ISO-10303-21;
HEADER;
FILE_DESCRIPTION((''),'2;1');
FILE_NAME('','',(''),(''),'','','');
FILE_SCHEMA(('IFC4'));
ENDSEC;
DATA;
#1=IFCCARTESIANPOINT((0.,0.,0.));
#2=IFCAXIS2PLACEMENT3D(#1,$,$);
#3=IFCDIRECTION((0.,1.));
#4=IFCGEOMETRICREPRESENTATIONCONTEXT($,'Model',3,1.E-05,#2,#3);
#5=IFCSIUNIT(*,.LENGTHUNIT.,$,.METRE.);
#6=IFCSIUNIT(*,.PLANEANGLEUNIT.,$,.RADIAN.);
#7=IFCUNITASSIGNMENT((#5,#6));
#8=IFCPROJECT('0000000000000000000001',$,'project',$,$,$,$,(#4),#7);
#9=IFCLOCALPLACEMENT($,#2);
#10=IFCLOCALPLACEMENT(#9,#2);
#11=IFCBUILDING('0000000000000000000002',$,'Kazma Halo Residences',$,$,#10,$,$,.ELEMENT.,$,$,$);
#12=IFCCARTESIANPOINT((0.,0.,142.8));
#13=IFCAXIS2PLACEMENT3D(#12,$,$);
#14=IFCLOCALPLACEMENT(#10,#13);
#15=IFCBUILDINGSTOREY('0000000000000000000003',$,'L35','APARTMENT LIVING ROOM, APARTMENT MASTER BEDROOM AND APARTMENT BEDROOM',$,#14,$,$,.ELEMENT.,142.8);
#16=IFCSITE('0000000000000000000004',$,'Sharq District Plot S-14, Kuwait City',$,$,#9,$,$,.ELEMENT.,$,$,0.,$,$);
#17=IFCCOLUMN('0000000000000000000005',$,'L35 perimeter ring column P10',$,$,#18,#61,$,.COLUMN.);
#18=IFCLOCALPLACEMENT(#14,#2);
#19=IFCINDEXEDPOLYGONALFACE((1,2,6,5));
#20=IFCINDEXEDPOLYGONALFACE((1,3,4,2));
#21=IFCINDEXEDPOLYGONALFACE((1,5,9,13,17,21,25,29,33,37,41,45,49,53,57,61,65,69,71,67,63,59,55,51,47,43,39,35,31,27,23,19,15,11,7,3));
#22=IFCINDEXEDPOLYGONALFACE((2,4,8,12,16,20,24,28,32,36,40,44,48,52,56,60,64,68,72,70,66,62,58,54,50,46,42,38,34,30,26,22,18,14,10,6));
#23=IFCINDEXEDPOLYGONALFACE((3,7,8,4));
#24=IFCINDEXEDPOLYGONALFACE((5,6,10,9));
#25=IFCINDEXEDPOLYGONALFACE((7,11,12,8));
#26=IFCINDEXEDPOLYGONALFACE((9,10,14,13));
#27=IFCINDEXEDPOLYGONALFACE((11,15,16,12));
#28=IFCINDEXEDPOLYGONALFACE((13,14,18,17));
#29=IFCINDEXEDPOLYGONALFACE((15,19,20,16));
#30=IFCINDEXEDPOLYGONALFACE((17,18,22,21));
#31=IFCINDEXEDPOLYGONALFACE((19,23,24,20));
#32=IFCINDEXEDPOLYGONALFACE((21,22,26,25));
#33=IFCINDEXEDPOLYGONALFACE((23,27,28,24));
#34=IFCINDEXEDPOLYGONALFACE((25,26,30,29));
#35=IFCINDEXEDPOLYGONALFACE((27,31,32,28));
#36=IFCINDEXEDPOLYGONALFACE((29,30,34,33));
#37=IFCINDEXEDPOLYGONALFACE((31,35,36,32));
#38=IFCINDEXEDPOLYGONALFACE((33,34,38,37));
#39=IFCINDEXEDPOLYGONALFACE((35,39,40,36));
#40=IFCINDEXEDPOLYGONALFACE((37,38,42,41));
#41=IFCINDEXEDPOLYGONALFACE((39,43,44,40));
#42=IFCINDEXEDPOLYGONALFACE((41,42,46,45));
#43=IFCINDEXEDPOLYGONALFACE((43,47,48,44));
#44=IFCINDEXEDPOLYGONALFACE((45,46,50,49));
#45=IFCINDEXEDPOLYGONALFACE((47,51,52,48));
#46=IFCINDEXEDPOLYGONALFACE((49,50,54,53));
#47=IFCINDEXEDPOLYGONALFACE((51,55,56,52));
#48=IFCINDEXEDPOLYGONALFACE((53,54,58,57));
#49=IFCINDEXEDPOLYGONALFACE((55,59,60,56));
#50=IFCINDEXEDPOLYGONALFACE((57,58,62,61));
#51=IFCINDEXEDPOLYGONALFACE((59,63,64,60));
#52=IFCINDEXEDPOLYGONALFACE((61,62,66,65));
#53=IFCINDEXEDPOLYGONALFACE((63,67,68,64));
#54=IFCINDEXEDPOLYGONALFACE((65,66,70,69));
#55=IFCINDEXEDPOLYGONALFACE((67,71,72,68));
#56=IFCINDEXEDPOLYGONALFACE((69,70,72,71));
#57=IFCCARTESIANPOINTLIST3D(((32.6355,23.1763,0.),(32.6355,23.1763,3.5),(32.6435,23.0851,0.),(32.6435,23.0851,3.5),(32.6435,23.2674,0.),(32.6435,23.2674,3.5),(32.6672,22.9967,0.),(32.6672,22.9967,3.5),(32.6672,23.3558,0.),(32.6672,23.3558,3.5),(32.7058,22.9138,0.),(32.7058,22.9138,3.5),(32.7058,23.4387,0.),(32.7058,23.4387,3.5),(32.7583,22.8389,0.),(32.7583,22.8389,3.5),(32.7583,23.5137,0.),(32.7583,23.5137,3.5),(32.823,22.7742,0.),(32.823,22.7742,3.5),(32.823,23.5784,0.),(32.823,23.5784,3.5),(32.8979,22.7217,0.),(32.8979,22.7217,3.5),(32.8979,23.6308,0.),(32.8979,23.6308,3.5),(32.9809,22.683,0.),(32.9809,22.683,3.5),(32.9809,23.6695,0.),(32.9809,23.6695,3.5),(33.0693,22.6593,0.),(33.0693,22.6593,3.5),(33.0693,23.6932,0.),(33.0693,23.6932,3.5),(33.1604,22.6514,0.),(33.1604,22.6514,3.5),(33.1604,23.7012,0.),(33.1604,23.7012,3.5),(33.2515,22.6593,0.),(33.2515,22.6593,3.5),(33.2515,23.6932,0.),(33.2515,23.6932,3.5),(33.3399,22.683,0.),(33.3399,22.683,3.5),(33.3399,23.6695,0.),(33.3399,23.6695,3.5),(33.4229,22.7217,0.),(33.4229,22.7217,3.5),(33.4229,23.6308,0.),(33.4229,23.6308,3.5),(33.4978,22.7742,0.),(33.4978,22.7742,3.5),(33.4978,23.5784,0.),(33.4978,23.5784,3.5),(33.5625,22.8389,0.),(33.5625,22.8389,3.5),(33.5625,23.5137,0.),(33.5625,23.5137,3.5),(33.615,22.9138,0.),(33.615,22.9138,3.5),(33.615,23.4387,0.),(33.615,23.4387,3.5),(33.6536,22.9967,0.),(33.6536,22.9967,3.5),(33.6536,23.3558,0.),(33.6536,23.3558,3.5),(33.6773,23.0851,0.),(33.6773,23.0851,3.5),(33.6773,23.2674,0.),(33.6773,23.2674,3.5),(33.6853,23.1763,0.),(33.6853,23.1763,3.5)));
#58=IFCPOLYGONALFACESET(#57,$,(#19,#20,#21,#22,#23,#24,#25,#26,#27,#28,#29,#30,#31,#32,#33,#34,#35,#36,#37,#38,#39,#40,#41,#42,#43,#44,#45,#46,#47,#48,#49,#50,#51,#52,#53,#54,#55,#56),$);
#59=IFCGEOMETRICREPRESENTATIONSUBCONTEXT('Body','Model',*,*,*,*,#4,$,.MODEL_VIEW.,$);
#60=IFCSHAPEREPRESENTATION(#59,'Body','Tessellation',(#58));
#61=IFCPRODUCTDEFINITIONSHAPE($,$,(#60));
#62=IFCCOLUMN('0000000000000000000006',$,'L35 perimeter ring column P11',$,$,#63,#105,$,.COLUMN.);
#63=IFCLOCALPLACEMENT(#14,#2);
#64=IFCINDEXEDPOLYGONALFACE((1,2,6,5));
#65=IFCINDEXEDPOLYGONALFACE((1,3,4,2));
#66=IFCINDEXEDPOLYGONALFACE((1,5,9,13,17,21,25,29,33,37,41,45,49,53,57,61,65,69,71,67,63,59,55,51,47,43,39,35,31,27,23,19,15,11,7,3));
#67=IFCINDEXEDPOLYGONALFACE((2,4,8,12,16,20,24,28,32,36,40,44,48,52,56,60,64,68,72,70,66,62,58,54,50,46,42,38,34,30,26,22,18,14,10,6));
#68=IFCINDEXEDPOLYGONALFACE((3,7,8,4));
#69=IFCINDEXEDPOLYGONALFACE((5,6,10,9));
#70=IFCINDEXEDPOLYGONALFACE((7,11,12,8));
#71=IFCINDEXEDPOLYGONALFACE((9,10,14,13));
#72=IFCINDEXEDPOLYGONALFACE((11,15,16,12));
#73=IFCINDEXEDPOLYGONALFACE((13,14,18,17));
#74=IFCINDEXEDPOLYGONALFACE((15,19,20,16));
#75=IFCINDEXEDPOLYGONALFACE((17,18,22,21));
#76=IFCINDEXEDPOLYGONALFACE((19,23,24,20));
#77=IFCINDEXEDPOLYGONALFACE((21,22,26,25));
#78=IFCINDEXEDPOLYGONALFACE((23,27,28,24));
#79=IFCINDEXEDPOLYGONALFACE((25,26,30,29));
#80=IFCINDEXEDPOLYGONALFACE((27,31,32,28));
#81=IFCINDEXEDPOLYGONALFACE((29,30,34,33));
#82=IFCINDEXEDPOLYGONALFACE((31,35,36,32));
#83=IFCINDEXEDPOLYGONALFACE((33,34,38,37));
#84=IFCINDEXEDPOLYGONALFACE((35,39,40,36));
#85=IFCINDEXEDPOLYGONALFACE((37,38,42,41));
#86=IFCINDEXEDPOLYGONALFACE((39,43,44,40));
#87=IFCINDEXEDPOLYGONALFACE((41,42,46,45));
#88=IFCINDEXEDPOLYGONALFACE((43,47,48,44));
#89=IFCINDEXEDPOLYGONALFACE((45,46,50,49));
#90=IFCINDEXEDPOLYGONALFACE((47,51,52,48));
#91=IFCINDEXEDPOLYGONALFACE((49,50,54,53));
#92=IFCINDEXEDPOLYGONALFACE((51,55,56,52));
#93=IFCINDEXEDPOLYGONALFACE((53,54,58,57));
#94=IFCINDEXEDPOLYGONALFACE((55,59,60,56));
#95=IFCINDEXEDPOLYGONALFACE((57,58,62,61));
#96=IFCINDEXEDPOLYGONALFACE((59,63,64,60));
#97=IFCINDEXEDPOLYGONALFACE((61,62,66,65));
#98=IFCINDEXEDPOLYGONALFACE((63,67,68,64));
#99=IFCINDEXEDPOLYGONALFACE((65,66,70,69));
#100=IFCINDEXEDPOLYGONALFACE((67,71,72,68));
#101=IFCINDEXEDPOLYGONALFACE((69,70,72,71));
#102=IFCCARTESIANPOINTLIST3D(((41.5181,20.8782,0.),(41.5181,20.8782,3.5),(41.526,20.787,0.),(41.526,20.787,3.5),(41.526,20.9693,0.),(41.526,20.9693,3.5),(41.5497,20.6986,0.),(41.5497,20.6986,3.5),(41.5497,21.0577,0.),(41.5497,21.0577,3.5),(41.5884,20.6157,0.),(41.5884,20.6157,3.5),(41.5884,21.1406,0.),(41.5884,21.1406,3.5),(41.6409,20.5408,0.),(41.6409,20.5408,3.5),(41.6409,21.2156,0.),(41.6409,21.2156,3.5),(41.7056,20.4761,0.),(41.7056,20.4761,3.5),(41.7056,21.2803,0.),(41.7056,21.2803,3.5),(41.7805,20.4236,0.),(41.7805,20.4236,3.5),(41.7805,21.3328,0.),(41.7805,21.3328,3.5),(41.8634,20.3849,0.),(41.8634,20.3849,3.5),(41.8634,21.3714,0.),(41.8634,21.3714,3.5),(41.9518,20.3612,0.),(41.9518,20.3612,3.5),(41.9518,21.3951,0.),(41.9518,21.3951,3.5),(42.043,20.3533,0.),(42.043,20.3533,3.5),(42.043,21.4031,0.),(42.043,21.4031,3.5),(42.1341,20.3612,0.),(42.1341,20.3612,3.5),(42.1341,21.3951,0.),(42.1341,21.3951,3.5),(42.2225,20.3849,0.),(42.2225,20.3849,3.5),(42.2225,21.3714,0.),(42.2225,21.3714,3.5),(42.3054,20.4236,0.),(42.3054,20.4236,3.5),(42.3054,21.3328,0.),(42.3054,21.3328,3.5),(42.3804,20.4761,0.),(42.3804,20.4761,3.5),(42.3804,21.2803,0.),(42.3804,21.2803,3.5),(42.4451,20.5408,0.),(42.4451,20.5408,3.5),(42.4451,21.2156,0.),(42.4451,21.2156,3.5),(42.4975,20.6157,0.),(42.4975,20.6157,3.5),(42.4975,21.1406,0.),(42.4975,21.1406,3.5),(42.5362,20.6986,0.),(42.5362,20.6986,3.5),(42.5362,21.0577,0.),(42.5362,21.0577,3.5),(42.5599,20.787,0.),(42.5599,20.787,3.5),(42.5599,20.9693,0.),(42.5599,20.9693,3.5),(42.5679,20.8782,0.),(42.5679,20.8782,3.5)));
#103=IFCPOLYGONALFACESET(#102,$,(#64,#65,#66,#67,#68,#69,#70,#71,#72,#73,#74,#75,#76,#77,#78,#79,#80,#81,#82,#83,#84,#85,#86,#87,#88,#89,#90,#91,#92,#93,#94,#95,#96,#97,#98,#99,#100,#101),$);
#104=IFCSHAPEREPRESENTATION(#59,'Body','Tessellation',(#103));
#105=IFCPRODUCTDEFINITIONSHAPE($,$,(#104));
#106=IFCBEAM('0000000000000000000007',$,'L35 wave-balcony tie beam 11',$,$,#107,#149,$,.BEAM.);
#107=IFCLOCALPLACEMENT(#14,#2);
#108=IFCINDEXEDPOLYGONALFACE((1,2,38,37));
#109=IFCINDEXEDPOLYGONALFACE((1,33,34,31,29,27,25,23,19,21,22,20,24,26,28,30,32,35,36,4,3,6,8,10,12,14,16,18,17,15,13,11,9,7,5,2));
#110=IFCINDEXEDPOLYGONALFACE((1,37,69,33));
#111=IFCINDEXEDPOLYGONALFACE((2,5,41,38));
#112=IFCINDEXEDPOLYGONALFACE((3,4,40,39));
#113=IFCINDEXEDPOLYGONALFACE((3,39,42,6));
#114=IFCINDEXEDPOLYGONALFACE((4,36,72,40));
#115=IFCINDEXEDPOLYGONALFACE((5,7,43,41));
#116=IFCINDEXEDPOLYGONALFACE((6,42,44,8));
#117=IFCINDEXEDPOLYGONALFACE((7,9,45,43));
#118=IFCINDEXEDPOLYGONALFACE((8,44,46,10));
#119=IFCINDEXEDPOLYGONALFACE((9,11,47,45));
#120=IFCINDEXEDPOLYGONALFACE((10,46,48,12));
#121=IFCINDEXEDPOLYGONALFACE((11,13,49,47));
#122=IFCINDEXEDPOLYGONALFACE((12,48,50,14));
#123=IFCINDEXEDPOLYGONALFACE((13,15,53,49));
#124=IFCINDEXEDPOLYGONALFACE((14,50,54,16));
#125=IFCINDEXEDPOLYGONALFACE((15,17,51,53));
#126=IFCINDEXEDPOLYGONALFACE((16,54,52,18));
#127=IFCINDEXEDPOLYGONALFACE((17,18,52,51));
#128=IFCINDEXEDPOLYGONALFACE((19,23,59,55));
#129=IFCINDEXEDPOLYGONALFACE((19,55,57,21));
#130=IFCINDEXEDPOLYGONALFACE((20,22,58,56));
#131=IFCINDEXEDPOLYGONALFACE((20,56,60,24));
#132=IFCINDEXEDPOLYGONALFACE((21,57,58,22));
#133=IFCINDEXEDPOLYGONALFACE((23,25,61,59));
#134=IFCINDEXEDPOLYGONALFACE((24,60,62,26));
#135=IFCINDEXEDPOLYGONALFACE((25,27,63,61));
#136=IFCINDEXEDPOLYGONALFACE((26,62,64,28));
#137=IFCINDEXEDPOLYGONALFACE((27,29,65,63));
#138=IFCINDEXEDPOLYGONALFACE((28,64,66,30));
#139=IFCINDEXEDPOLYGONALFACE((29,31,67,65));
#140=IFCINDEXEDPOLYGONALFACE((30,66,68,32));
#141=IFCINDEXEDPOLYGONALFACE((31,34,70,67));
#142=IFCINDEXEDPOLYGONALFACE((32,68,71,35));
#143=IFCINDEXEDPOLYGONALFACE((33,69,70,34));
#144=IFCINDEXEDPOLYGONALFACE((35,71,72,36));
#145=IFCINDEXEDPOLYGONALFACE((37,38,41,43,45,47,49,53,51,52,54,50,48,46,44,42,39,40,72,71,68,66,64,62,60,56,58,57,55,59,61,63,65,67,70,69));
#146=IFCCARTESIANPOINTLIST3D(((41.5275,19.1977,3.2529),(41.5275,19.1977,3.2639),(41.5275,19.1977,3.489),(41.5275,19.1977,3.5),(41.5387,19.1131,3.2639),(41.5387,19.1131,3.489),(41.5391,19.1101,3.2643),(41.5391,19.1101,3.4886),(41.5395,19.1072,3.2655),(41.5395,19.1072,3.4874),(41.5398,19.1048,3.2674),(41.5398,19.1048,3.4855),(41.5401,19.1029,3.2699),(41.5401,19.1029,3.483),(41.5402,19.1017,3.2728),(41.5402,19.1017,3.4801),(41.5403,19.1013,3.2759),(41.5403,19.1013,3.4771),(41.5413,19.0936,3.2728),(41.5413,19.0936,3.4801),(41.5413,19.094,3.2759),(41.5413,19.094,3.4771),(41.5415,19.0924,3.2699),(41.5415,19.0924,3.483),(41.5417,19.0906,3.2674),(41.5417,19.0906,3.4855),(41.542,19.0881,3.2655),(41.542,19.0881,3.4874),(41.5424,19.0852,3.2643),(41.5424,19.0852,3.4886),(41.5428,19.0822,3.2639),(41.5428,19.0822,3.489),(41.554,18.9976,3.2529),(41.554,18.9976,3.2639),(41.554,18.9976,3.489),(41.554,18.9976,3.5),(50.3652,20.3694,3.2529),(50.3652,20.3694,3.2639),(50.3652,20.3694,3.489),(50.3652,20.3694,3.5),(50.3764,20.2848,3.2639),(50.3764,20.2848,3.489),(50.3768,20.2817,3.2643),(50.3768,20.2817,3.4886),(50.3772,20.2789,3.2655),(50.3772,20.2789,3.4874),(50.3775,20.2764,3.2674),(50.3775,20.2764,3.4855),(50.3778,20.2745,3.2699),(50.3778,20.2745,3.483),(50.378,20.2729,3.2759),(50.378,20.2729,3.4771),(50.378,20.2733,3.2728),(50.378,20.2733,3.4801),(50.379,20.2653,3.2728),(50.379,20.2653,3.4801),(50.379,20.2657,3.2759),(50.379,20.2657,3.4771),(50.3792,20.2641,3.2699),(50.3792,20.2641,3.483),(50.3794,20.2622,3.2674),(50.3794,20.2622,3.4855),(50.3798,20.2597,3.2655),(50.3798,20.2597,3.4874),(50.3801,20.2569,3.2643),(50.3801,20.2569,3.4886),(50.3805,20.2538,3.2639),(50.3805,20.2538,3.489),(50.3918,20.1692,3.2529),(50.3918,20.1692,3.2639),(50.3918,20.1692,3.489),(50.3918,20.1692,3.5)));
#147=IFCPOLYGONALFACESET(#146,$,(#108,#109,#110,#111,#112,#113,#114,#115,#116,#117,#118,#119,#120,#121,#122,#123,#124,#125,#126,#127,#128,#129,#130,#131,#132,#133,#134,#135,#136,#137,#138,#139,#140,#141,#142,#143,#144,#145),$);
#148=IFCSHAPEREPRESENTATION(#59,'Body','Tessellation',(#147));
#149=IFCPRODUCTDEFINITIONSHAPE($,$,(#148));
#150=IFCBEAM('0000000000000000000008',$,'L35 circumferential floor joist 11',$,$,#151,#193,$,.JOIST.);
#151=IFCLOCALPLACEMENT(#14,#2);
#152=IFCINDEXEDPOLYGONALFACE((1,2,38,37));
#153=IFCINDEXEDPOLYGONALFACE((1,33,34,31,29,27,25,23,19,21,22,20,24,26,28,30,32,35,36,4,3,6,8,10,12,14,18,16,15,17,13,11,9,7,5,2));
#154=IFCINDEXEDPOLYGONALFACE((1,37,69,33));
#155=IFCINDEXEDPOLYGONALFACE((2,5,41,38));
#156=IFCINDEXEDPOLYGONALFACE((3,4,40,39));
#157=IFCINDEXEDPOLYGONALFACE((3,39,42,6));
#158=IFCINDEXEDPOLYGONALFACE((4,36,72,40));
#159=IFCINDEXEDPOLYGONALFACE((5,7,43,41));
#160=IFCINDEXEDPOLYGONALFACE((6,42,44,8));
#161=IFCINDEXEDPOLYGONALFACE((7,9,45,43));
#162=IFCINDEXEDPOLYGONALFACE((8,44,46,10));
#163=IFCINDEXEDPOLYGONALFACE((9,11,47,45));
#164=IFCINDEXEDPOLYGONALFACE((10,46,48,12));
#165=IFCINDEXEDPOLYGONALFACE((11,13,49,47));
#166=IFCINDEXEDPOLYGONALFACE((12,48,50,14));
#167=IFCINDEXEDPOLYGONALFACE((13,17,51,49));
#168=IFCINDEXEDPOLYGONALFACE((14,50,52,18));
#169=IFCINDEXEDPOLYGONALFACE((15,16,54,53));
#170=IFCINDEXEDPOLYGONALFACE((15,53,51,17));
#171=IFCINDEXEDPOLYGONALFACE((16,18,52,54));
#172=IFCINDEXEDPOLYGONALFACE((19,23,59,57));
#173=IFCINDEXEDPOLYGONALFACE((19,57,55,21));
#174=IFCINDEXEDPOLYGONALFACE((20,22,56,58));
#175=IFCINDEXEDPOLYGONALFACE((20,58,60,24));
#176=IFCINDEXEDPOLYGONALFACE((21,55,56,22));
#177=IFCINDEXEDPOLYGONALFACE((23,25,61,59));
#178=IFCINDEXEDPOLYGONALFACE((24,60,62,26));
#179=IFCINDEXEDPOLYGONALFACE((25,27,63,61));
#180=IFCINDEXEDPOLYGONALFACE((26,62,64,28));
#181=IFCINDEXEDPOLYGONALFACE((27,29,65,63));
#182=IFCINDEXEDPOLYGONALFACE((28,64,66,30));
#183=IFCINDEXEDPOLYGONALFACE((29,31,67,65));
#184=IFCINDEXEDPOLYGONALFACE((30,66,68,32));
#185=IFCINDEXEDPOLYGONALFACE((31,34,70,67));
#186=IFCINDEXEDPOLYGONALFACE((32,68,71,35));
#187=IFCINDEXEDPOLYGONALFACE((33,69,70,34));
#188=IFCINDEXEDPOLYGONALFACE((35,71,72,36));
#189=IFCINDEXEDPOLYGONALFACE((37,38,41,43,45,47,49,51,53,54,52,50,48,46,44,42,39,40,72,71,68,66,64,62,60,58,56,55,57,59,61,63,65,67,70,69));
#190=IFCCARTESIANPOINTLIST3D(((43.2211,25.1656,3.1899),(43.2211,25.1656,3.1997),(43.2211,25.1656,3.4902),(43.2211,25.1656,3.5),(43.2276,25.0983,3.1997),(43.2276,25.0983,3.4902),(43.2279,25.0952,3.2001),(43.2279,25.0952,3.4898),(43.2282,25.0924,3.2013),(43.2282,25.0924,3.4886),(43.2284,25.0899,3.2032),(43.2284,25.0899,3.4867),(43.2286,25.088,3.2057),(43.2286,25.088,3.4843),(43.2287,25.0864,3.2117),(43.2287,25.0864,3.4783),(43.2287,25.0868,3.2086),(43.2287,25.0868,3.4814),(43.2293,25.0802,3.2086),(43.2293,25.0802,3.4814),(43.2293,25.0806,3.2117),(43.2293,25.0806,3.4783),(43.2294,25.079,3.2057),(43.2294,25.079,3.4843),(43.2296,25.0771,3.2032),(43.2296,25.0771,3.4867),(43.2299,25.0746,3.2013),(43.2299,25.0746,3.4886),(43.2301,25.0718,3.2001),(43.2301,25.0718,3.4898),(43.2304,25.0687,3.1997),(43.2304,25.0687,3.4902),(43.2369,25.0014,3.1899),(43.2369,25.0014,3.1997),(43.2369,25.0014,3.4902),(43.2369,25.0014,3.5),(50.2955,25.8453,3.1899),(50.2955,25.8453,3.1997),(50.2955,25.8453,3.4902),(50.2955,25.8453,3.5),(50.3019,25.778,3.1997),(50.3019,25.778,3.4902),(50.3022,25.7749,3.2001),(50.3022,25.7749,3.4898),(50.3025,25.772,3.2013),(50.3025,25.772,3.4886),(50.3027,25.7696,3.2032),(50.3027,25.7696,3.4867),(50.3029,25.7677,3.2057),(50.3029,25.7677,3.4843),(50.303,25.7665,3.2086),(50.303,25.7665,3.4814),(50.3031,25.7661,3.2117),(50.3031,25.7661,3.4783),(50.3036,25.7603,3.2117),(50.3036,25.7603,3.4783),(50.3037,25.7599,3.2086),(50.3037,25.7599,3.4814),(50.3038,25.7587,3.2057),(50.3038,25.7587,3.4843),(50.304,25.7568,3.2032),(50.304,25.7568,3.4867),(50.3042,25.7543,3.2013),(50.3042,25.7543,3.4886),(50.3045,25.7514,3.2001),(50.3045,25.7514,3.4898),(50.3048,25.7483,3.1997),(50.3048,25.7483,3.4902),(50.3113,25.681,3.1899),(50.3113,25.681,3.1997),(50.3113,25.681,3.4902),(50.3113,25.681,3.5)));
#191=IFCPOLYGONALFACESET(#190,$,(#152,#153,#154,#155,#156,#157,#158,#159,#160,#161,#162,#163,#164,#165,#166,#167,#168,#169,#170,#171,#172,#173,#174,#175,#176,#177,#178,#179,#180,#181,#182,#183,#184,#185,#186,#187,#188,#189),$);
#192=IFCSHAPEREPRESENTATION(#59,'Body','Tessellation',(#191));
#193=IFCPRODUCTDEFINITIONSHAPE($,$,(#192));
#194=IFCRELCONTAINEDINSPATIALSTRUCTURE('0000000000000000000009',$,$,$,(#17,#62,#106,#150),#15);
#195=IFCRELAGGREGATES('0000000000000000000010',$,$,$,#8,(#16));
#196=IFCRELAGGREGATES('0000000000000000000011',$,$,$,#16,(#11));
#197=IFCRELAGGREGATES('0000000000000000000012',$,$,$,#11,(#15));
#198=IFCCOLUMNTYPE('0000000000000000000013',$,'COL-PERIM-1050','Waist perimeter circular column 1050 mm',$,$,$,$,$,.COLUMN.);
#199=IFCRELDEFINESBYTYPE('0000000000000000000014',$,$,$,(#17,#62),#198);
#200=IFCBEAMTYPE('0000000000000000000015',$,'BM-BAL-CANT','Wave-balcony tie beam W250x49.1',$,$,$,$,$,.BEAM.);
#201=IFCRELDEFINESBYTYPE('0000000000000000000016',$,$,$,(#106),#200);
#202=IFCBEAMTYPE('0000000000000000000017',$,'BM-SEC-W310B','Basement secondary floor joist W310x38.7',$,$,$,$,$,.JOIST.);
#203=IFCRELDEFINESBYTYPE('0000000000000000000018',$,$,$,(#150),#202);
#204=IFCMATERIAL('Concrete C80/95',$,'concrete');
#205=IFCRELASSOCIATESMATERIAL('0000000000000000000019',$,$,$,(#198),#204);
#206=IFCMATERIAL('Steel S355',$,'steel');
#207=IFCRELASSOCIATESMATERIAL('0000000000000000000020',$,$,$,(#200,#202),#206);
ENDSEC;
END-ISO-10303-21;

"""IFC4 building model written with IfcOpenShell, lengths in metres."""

from ifc_helpers import new_model, si_unit, direction, frame, origin, origin_2d, place, context, subcontext, project, spatial, circle, i_section, extrude, material, material_profile, profile_set, type_object, element, save


model = new_model("IFC4")

# Units and contexts
model_context = context("Model", 3, precision=1e-05, world=origin(), true_north=direction((0.0, 1.0)))
body_context = subcontext(model_context, "Body", "Model", "MODEL_VIEW")
ifc_project = project(units=[si_unit("LENGTHUNIT", "METRE"), si_unit("PLANEANGLEUNIT", "RADIAN")], contexts=[model_context])

# Site, building, storey
site_placement = place(None, origin())
site = spatial("IfcSite", under=ifc_project, at=site_placement, Name="Sharq District Plot S-14, Kuwait City", CompositionType="ELEMENT", RefElevation=0.0)
building_placement = place(site_placement, origin())
building = spatial("IfcBuilding", under=site, at=building_placement, Name="Kazma Halo Residences", CompositionType="ELEMENT")
storey_placement = place(building_placement, frame((0.0, 0.0, 142.8)))
storey = spatial("IfcBuildingStorey", under=building, at=storey_placement, Name="L35", Description="APARTMENT LIVING ROOM, APARTMENT MASTER BEDROOM AND APARTMENT BEDROOM", CompositionType="ELEMENT", Elevation=142.8)

# Columns
ifc_material_1 = material(Name="Concrete C80/95", Category="concrete")
ifc_material_profile_1 = material_profile(ifc_material_1, circle(Radius=0.5249, at=origin_2d()), Name="CIRC1050")
ifc_profile_set_1 = profile_set([ifc_material_profile_1], Name="Concrete C80/95")
column_type = type_object("IfcColumnType", Name="COL-PERIM-1050", Description="Waist perimeter circular column 1050 mm", PredefinedType="COLUMN", material=ifc_profile_set_1)
for number, where, z_axis, x_axis, name in (
    (1, (33.1604, 23.1763, 0.0), (0.0, 0.0, 1.0), (1.0, 0.0, 0.0), "L35 perimeter ring column P10"),
    (2, (42.043, 20.8782, 0.0), (0.0, 0.0, 1.0), (1.0, 0.0, 0.0), "L35 perimeter ring column P11"),
):
    element("IfcColumn", number, at=place(storey_placement, frame(where, z_axis=z_axis, x_axis=x_axis)), inside=storey, type_object=column_type, Name=name, PredefinedType="COLUMN", context=body_context, shape_type="SweptSolid", body=[
        extrude(circle(Radius=0.5249, at=origin_2d()), origin(), (0.0, 0.0, 1.0), 3.5),
    ])

# Beams
ifc_material_2 = material(Name="Steel S355", Category="steel")
ifc_material_profile_2 = material_profile(ifc_material_2, i_section(OverallWidth=0.2019, OverallDepth=0.2471, WebThickness=0.0073, FlangeThickness=0.011, FilletRadius=0.012, at=origin_2d()), Name="W250x49.1")
ifc_profile_set_2 = profile_set([ifc_material_profile_2], Name="Steel S355")
beam_type_1 = type_object("IfcBeamType", Name="BM-BAL-CANT", Description="Wave-balcony tie beam W250x49.1", PredefinedType="BEAM", material=ifc_profile_set_2)
beam_1_placement = place(storey_placement, frame((41.5408, 19.0977, 3.3765), z_axis=(0.991326, 0.131423, 0.0), x_axis=(-0.131423, 0.991326, 0.0)))
element("IfcBeam", 3, at=beam_1_placement, inside=storey, type_object=beam_type_1, Name="L35 wave-balcony tie beam 11", PredefinedType="BEAM", context=body_context, shape_type="SweptSolid", body=[
    extrude(i_section(OverallWidth=0.2019, OverallDepth=0.2471, WebThickness=0.0073, FlangeThickness=0.011, FilletRadius=0.012, at=origin_2d()), origin(), (0.0, 0.0, 1.0), 8.915),
])
ifc_material_profile_3 = material_profile(ifc_material_2, i_section(OverallWidth=0.165, OverallDepth=0.3101, WebThickness=0.0059, FlangeThickness=0.0098, FilletRadius=0.012, at=origin_2d()), Name="W310x38.7")
ifc_profile_set_3 = profile_set([ifc_material_profile_3], Name="Steel S355")
beam_type_2 = type_object("IfcBeamType", Name="BM-SEC-W310B", Description="Basement secondary floor joist W310x38.7", PredefinedType="JOIST", material=ifc_profile_set_3)
beam_2_placement = place(storey_placement, frame((43.229, 25.0835, 3.345), z_axis=(0.995416, 0.095636, 0.0), x_axis=(-0.095636, 0.995416, 0.0)))
element("IfcBeam", 4, at=beam_2_placement, inside=storey, type_object=beam_type_2, Name="L35 circumferential floor joist 11", PredefinedType="JOIST", context=body_context, shape_type="SweptSolid", body=[
    extrude(i_section(OverallWidth=0.165, OverallDepth=0.3101, WebThickness=0.0059, FlangeThickness=0.0098, FilletRadius=0.012, at=origin_2d()), origin(), (0.0, 0.0, 1.0), 7.1069),
])

save(model, "model.ifc")
